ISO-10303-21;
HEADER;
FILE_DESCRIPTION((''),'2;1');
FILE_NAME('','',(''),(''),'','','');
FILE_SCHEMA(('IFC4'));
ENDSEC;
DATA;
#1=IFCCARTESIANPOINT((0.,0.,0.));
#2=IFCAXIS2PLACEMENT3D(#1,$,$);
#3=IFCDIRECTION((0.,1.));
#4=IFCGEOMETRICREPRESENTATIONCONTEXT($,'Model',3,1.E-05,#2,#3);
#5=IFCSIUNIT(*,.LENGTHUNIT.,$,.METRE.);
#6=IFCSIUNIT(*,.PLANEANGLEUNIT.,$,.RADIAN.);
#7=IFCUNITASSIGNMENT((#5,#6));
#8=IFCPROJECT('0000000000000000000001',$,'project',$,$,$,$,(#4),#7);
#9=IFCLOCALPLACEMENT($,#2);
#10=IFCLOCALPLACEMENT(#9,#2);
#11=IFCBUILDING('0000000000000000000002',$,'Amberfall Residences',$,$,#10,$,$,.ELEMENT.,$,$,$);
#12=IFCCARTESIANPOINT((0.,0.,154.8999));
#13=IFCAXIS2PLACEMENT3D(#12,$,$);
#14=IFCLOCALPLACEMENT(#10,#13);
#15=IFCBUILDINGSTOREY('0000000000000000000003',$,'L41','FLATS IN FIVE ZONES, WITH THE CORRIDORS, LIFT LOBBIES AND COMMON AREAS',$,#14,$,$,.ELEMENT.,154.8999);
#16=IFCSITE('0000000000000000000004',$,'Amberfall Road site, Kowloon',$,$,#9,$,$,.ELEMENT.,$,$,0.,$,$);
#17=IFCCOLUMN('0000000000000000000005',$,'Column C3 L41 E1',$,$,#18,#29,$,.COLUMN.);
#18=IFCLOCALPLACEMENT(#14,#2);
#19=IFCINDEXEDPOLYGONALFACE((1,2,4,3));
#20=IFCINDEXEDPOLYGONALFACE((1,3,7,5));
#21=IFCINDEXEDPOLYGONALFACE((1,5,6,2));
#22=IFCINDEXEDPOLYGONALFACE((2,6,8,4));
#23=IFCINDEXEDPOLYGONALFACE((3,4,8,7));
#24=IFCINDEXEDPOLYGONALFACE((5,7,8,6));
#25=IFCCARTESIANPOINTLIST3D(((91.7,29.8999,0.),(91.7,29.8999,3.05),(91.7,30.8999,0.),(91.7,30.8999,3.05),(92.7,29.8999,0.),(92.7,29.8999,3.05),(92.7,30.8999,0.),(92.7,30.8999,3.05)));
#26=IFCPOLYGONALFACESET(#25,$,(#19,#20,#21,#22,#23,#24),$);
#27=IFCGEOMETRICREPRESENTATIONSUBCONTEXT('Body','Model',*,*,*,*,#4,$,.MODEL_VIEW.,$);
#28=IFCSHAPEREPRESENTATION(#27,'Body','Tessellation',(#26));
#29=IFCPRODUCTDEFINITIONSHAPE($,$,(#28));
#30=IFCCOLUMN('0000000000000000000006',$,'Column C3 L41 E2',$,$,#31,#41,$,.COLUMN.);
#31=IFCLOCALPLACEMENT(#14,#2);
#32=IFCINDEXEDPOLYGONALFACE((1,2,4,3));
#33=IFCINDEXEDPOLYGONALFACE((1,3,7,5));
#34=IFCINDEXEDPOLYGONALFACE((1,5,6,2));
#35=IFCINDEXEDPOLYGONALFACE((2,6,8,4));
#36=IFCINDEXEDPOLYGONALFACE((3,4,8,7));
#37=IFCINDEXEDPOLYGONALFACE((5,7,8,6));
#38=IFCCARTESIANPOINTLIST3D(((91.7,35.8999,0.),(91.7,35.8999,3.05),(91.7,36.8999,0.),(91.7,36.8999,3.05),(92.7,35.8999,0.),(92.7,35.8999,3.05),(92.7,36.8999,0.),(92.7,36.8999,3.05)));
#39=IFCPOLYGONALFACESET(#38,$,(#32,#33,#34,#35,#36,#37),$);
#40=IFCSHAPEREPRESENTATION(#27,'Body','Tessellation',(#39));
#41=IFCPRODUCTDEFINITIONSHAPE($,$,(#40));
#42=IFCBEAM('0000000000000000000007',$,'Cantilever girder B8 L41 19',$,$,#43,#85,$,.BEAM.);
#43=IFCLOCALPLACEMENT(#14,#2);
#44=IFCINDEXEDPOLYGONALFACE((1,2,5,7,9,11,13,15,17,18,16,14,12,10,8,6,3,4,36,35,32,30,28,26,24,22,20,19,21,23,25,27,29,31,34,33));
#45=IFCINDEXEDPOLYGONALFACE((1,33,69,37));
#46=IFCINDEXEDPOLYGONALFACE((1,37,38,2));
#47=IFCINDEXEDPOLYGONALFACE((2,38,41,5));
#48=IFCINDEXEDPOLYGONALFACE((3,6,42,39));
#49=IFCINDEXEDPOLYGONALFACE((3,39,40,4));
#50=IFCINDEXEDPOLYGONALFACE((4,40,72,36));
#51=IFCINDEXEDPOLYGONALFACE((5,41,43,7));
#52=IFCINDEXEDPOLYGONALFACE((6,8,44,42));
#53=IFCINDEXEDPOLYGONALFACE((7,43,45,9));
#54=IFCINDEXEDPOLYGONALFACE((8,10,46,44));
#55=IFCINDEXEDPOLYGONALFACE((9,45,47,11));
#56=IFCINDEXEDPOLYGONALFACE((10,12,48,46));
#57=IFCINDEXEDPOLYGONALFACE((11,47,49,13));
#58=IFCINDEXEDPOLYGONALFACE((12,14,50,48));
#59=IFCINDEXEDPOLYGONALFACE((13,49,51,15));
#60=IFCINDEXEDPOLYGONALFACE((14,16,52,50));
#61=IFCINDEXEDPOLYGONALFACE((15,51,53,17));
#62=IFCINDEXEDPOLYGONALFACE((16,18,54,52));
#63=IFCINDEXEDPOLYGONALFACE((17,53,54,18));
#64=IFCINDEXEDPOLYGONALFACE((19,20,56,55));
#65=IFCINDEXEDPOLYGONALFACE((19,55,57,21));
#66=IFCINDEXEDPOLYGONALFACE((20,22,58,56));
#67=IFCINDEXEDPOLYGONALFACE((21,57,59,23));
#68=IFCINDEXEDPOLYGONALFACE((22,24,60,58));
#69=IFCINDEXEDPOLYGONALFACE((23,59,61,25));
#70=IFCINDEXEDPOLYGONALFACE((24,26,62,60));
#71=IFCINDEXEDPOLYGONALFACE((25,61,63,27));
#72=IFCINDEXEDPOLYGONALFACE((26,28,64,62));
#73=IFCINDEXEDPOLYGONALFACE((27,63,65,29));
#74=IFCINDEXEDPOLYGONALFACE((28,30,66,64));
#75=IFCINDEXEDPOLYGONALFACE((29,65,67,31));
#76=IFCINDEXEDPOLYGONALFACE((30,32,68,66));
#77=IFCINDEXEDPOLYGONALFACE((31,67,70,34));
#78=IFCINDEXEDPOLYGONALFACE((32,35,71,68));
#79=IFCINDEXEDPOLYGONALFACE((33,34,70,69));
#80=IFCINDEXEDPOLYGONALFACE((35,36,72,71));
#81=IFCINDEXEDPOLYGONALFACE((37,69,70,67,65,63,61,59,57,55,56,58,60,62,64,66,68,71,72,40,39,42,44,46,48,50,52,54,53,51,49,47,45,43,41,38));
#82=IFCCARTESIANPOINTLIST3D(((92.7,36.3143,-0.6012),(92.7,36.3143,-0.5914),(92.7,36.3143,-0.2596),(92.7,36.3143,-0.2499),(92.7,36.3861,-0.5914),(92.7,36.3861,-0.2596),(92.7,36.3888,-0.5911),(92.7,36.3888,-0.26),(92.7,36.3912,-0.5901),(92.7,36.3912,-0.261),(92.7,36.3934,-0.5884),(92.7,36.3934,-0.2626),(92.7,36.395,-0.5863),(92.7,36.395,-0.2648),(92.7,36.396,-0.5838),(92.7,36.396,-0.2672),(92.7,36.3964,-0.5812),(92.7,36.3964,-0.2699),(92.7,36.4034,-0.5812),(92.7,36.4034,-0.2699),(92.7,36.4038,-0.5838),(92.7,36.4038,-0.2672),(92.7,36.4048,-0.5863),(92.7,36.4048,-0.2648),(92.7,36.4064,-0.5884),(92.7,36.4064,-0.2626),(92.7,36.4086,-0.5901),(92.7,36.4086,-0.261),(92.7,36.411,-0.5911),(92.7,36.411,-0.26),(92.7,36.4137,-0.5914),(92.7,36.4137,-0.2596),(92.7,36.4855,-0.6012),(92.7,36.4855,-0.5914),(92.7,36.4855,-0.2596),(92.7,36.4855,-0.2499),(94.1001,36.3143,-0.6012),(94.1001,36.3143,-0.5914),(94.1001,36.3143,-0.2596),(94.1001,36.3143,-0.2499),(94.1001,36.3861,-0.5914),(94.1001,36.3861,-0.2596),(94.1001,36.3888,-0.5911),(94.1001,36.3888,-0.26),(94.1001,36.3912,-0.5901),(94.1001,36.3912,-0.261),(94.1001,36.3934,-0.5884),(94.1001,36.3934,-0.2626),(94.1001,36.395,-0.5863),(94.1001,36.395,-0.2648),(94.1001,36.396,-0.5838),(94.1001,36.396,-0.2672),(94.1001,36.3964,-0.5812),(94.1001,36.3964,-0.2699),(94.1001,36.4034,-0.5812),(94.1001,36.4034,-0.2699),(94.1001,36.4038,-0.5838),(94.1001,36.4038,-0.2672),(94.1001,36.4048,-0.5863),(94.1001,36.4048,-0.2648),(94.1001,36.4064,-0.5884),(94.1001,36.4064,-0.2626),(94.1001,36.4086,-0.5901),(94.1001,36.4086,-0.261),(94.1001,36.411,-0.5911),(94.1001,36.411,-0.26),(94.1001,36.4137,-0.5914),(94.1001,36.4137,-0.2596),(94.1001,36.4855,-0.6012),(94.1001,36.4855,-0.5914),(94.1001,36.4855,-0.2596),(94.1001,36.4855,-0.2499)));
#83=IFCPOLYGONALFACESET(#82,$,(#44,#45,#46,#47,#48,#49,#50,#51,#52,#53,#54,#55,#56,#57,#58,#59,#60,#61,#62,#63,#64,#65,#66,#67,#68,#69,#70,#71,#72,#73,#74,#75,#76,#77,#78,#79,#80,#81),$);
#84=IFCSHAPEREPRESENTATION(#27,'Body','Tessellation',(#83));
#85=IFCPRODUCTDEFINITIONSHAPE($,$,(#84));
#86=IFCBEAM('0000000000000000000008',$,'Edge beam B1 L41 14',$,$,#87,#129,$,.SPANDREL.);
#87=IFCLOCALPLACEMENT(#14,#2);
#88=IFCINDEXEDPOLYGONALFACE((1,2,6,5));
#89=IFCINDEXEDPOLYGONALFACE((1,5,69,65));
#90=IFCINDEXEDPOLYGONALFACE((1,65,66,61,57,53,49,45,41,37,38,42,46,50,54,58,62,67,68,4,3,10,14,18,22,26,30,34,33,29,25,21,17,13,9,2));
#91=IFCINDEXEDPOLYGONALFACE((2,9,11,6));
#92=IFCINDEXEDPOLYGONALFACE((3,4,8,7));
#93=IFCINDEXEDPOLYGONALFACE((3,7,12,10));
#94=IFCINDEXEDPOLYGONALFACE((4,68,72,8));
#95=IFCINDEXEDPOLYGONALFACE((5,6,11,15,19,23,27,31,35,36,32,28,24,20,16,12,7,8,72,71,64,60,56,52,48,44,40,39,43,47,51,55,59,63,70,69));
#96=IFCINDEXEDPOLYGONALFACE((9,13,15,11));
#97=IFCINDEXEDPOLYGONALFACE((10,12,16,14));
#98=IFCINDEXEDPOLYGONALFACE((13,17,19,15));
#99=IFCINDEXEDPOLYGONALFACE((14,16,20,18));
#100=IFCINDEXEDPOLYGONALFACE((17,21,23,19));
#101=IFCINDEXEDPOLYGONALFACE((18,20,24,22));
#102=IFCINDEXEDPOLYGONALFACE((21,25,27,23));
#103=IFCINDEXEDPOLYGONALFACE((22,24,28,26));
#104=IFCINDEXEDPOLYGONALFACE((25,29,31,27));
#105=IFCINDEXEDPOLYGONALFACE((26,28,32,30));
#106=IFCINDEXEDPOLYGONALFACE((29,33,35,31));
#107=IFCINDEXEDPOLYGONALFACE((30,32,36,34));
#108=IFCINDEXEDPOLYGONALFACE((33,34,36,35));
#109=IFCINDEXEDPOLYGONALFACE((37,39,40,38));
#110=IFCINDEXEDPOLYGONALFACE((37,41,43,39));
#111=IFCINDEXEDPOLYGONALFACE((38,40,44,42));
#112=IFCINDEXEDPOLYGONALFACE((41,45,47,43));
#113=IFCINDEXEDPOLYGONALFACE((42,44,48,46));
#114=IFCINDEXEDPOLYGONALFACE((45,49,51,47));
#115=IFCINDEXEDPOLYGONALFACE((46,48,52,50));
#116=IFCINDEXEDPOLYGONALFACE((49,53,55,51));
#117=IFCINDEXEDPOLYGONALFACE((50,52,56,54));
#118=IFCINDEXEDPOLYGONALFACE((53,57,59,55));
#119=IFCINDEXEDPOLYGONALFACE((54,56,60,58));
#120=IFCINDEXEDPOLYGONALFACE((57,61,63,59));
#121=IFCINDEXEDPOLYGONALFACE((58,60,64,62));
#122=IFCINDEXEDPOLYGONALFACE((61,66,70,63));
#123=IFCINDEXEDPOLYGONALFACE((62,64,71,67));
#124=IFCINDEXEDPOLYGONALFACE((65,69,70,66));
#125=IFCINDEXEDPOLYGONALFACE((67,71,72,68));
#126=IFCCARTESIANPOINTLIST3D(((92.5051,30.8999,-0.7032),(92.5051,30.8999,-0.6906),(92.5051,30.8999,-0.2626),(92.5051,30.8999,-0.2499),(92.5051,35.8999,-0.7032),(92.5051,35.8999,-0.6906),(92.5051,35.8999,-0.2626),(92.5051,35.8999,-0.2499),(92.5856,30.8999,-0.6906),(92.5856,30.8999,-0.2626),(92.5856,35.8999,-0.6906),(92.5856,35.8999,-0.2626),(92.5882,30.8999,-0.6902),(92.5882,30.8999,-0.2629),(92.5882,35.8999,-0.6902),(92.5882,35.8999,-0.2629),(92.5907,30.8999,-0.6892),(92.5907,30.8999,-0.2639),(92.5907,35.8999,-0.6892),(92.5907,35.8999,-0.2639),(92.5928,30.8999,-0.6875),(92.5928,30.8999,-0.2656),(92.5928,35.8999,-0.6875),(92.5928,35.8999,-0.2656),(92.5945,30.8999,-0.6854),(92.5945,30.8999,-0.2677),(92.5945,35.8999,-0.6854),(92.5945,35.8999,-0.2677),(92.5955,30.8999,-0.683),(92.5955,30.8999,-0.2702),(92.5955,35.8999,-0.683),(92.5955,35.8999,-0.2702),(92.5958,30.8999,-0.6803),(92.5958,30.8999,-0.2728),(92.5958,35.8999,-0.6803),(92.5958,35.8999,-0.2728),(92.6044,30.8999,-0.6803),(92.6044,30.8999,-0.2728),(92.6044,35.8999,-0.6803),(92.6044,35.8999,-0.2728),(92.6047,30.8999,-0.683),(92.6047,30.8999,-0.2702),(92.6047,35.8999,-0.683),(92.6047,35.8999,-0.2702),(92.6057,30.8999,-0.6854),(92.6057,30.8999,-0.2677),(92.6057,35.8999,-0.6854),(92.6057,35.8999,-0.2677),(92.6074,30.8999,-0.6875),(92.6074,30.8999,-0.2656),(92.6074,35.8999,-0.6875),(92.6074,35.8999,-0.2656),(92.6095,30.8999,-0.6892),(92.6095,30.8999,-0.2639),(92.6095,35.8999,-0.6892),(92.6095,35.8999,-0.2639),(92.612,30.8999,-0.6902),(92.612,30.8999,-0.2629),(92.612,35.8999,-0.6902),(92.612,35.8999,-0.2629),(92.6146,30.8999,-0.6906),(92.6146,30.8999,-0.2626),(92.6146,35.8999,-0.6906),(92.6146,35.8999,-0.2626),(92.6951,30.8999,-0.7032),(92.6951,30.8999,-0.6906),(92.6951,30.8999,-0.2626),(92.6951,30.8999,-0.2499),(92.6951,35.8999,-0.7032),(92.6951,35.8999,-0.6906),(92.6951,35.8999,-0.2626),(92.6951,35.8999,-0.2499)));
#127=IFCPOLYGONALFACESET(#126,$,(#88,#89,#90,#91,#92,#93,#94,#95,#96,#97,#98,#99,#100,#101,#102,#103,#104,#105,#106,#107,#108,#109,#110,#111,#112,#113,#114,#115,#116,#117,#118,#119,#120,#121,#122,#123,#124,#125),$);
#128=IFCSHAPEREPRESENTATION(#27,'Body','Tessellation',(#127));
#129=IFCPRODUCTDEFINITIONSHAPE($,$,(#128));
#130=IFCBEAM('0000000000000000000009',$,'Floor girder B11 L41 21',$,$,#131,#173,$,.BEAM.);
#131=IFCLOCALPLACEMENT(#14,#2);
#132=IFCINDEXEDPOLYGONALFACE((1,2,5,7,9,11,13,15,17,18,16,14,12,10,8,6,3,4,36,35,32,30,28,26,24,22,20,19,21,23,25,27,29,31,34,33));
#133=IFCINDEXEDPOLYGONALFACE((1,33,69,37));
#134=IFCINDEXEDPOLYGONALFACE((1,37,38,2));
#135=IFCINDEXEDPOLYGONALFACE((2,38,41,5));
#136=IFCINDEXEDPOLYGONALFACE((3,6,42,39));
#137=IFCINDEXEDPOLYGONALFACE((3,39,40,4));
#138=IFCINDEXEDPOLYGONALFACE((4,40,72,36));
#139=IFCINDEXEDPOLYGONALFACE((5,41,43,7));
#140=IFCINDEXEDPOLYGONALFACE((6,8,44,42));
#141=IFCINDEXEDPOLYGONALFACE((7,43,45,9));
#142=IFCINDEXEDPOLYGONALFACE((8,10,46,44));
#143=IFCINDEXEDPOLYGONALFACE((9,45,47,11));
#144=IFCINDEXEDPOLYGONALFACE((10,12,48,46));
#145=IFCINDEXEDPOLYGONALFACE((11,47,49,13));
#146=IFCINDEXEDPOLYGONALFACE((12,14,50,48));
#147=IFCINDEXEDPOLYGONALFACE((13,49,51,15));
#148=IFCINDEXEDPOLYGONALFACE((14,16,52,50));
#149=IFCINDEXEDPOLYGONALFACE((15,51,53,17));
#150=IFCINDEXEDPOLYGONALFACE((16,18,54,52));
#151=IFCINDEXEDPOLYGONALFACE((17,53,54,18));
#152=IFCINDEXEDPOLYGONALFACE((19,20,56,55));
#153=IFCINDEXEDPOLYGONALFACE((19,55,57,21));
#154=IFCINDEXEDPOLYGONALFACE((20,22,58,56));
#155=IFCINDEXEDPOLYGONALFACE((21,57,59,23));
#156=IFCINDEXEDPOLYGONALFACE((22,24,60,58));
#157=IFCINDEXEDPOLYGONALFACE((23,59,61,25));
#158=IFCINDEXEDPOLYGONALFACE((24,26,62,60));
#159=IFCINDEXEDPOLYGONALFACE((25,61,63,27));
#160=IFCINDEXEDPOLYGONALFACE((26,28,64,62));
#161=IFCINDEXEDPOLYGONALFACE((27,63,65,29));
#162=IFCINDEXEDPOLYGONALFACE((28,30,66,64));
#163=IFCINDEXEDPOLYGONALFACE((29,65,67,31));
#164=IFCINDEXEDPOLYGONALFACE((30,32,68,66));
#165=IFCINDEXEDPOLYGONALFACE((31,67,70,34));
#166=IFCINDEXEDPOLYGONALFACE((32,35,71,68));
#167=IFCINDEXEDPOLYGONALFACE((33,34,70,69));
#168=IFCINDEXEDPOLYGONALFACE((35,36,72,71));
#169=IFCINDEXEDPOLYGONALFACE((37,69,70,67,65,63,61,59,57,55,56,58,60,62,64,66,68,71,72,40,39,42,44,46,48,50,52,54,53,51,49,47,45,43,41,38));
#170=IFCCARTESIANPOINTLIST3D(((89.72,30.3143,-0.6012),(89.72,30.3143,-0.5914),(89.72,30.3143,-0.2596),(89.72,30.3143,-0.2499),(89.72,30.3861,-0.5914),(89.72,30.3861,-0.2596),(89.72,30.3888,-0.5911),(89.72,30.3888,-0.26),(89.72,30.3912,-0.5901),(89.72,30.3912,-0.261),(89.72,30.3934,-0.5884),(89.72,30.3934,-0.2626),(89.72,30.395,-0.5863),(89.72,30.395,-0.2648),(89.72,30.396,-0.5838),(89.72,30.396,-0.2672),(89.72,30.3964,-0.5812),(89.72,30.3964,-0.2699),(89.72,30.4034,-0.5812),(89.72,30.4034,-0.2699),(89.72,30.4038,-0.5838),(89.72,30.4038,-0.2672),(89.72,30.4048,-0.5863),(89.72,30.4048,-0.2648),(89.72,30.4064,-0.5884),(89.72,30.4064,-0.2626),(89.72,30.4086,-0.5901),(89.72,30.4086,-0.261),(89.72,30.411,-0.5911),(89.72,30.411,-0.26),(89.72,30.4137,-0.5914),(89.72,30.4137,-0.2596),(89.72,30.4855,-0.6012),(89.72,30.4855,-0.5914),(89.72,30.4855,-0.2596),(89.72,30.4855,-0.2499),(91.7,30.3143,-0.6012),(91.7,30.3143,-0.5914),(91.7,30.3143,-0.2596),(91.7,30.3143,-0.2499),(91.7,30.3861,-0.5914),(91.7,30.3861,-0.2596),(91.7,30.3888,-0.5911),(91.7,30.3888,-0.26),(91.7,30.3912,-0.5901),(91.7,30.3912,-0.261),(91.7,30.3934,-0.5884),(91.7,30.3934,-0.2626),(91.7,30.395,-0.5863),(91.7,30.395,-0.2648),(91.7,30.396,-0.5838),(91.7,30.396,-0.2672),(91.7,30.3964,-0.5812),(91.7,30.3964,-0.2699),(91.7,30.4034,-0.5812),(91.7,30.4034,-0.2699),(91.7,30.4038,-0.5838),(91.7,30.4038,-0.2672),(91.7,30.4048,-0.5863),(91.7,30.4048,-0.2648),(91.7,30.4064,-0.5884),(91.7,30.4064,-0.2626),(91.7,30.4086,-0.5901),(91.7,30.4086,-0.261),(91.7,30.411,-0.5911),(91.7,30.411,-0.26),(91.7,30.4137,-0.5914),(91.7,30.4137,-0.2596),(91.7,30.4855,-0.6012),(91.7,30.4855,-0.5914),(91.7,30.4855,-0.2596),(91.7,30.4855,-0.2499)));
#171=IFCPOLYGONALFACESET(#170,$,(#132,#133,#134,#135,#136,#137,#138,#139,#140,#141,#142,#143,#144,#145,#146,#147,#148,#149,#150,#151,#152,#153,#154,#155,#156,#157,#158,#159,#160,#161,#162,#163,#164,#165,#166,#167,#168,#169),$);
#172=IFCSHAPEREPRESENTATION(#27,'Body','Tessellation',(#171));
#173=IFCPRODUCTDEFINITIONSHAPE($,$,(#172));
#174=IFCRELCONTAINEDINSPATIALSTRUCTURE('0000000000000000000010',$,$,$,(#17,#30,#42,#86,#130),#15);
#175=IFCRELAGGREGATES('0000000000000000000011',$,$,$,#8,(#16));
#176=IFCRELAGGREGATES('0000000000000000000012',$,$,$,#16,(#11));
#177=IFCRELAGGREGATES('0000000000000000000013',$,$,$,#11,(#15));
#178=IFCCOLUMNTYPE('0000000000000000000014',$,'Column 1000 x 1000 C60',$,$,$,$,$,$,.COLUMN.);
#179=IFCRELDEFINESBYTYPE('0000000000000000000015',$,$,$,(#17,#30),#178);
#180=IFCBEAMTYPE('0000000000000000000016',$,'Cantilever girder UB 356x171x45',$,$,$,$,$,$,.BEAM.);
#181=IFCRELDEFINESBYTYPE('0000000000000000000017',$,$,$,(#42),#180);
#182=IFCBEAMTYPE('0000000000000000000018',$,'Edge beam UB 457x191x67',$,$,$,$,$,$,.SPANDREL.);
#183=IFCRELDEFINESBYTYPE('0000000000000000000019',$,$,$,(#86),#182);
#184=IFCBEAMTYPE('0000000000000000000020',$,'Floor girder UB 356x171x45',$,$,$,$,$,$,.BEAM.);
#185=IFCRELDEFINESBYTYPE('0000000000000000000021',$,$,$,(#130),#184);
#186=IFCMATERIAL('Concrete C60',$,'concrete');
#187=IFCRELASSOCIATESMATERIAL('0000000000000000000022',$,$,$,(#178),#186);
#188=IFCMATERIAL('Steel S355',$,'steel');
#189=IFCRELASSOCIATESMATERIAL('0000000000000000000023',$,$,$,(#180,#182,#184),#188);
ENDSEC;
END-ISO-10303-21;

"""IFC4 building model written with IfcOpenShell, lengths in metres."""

from ifc_helpers import new_model, si_unit, direction, frame, origin, origin_2d, place, context, subcontext, project, spatial, rectangle, i_section, extrude, material, material_profile, profile_set, type_object, element, save


model = new_model("IFC4")

# Units and contexts
model_context = context("Model", 3, precision=1e-05, world=origin(), true_north=direction((0.0, 1.0)))
body_context = subcontext(model_context, "Body", "Model", "MODEL_VIEW")
ifc_project = project(units=[si_unit("LENGTHUNIT", "METRE"), si_unit("PLANEANGLEUNIT", "RADIAN")], contexts=[model_context])

# Site, building, storey
site_placement = place(None, origin())
site = spatial("IfcSite", under=ifc_project, at=site_placement, Name="Amberfall Road site, Kowloon", CompositionType="ELEMENT", RefElevation=0.0)
building_placement = place(site_placement, origin())
building = spatial("IfcBuilding", under=site, at=building_placement, Name="Amberfall Residences", CompositionType="ELEMENT")
storey_placement = place(building_placement, frame((0.0, 0.0, 154.8999)))
storey = spatial("IfcBuildingStorey", under=building, at=storey_placement, Name="L41", Description="FLATS IN FIVE ZONES, WITH THE CORRIDORS, LIFT LOBBIES AND COMMON AREAS", CompositionType="ELEMENT", Elevation=154.8999)

# Columns
ifc_material_1 = material(Name="Concrete C60", Category="concrete")
ifc_material_profile_1 = material_profile(ifc_material_1, rectangle(XDim=1.0, YDim=1.0, at=origin_2d()), Name="Column 1000 x 1000 C60")
ifc_profile_set_1 = profile_set([ifc_material_profile_1], Name="Concrete C60")
column_type = type_object("IfcColumnType", Name="Column 1000 x 1000 C60", PredefinedType="COLUMN", material=ifc_profile_set_1)
for number, where, z_axis, x_axis, name in (
    (1, (92.2, 30.3999, 0.0), (0.0, 0.0, 1.0), (1.0, 0.0, 0.0), "Column C3 L41 E1"),
    (2, (92.2, 36.3999, 0.0), (0.0, 0.0, 1.0), (1.0, 0.0, 0.0), "Column C3 L41 E2"),
):
    element("IfcColumn", number, at=place(storey_placement, frame(where, z_axis=z_axis, x_axis=x_axis)), inside=storey, type_object=column_type, Name=name, PredefinedType="COLUMN", context=body_context, shape_type="SweptSolid", body=[
        extrude(rectangle(XDim=1.0, YDim=1.0, at=origin_2d()), origin(), (0.0, 0.0, 1.0), 3.05),
    ])

# Beams
ifc_material_2 = material(Name="Steel S355", Category="steel")
ifc_material_profile_2 = material_profile(ifc_material_2, i_section(OverallWidth=0.1711, OverallDepth=0.3513, WebThickness=0.0071, FlangeThickness=0.0098, FilletRadius=0.0103, at=origin_2d()), Name="UB 356x171x45")
ifc_profile_set_2 = profile_set([ifc_material_profile_2], Name="Steel S355")
beam_type_1 = type_object("IfcBeamType", Name="Cantilever girder UB 356x171x45", PredefinedType="BEAM", material=ifc_profile_set_2)
beam_1_placement = place(storey_placement, frame((92.7, 36.3999, -0.4255), z_axis=(1.0, 0.0, 0.0), x_axis=(0.0, 1.0, 0.0)))
element("IfcBeam", 3, at=beam_1_placement, inside=storey, type_object=beam_type_1, Name="Cantilever girder B8 L41 19", PredefinedType="BEAM", context=body_context, shape_type="SweptSolid", body=[
    extrude(i_section(OverallWidth=0.1711, OverallDepth=0.3513, WebThickness=0.0071, FlangeThickness=0.0098, FilletRadius=0.0103, at=origin_2d()), origin(), (0.0, 0.0, 1.0), 1.4001),
])
ifc_material_profile_3 = material_profile(ifc_material_2, i_section(OverallWidth=0.1899, OverallDepth=0.4534, WebThickness=0.0085, FlangeThickness=0.0127, FilletRadius=0.0103, at=origin_2d()), Name="UB 457x191x67")
ifc_profile_set_3 = profile_set([ifc_material_profile_3], Name="Steel S355")
beam_type_2 = type_object("IfcBeamType", Name="Edge beam UB 457x191x67", PredefinedType="SPANDREL", material=ifc_profile_set_3)
beam_2_placement = place(storey_placement, frame((92.6001, 30.8999, -0.4766), z_axis=(0.0, 1.0, 0.0), x_axis=(-1.0, 0.0, 0.0)))
element("IfcBeam", 4, at=beam_2_placement, inside=storey, type_object=beam_type_2, Name="Edge beam B1 L41 14", PredefinedType="SPANDREL", context=body_context, shape_type="SweptSolid", body=[
    extrude(i_section(OverallWidth=0.1899, OverallDepth=0.4534, WebThickness=0.0085, FlangeThickness=0.0127, FilletRadius=0.0103, at=origin_2d()), origin(), (0.0, 0.0, 1.0), 5.0),
])
ifc_material_profile_4 = material_profile(ifc_material_2, i_section(OverallWidth=0.1711, OverallDepth=0.3513, WebThickness=0.0071, FlangeThickness=0.0098, FilletRadius=0.0103, at=origin_2d()), Name="UB 356x171x45")
ifc_profile_set_4 = profile_set([ifc_material_profile_4], Name="Steel S355")
beam_type_3 = type_object("IfcBeamType", Name="Floor girder UB 356x171x45", PredefinedType="BEAM", material=ifc_profile_set_4)
beam_3_placement = place(storey_placement, frame((91.7, 30.3999, -0.4255), z_axis=(-1.0, 0.0, 0.0), x_axis=(0.0, -1.0, 0.0)))
element("IfcBeam", 5, at=beam_3_placement, inside=storey, type_object=beam_type_3, Name="Floor girder B11 L41 21", PredefinedType="BEAM", context=body_context, shape_type="SweptSolid", body=[
    extrude(i_section(OverallWidth=0.1711, OverallDepth=0.3513, WebThickness=0.0071, FlangeThickness=0.0098, FilletRadius=0.0103, at=origin_2d()), origin(), (0.0, 0.0, 1.0), 1.98),
])

save(model, "model.ifc")
